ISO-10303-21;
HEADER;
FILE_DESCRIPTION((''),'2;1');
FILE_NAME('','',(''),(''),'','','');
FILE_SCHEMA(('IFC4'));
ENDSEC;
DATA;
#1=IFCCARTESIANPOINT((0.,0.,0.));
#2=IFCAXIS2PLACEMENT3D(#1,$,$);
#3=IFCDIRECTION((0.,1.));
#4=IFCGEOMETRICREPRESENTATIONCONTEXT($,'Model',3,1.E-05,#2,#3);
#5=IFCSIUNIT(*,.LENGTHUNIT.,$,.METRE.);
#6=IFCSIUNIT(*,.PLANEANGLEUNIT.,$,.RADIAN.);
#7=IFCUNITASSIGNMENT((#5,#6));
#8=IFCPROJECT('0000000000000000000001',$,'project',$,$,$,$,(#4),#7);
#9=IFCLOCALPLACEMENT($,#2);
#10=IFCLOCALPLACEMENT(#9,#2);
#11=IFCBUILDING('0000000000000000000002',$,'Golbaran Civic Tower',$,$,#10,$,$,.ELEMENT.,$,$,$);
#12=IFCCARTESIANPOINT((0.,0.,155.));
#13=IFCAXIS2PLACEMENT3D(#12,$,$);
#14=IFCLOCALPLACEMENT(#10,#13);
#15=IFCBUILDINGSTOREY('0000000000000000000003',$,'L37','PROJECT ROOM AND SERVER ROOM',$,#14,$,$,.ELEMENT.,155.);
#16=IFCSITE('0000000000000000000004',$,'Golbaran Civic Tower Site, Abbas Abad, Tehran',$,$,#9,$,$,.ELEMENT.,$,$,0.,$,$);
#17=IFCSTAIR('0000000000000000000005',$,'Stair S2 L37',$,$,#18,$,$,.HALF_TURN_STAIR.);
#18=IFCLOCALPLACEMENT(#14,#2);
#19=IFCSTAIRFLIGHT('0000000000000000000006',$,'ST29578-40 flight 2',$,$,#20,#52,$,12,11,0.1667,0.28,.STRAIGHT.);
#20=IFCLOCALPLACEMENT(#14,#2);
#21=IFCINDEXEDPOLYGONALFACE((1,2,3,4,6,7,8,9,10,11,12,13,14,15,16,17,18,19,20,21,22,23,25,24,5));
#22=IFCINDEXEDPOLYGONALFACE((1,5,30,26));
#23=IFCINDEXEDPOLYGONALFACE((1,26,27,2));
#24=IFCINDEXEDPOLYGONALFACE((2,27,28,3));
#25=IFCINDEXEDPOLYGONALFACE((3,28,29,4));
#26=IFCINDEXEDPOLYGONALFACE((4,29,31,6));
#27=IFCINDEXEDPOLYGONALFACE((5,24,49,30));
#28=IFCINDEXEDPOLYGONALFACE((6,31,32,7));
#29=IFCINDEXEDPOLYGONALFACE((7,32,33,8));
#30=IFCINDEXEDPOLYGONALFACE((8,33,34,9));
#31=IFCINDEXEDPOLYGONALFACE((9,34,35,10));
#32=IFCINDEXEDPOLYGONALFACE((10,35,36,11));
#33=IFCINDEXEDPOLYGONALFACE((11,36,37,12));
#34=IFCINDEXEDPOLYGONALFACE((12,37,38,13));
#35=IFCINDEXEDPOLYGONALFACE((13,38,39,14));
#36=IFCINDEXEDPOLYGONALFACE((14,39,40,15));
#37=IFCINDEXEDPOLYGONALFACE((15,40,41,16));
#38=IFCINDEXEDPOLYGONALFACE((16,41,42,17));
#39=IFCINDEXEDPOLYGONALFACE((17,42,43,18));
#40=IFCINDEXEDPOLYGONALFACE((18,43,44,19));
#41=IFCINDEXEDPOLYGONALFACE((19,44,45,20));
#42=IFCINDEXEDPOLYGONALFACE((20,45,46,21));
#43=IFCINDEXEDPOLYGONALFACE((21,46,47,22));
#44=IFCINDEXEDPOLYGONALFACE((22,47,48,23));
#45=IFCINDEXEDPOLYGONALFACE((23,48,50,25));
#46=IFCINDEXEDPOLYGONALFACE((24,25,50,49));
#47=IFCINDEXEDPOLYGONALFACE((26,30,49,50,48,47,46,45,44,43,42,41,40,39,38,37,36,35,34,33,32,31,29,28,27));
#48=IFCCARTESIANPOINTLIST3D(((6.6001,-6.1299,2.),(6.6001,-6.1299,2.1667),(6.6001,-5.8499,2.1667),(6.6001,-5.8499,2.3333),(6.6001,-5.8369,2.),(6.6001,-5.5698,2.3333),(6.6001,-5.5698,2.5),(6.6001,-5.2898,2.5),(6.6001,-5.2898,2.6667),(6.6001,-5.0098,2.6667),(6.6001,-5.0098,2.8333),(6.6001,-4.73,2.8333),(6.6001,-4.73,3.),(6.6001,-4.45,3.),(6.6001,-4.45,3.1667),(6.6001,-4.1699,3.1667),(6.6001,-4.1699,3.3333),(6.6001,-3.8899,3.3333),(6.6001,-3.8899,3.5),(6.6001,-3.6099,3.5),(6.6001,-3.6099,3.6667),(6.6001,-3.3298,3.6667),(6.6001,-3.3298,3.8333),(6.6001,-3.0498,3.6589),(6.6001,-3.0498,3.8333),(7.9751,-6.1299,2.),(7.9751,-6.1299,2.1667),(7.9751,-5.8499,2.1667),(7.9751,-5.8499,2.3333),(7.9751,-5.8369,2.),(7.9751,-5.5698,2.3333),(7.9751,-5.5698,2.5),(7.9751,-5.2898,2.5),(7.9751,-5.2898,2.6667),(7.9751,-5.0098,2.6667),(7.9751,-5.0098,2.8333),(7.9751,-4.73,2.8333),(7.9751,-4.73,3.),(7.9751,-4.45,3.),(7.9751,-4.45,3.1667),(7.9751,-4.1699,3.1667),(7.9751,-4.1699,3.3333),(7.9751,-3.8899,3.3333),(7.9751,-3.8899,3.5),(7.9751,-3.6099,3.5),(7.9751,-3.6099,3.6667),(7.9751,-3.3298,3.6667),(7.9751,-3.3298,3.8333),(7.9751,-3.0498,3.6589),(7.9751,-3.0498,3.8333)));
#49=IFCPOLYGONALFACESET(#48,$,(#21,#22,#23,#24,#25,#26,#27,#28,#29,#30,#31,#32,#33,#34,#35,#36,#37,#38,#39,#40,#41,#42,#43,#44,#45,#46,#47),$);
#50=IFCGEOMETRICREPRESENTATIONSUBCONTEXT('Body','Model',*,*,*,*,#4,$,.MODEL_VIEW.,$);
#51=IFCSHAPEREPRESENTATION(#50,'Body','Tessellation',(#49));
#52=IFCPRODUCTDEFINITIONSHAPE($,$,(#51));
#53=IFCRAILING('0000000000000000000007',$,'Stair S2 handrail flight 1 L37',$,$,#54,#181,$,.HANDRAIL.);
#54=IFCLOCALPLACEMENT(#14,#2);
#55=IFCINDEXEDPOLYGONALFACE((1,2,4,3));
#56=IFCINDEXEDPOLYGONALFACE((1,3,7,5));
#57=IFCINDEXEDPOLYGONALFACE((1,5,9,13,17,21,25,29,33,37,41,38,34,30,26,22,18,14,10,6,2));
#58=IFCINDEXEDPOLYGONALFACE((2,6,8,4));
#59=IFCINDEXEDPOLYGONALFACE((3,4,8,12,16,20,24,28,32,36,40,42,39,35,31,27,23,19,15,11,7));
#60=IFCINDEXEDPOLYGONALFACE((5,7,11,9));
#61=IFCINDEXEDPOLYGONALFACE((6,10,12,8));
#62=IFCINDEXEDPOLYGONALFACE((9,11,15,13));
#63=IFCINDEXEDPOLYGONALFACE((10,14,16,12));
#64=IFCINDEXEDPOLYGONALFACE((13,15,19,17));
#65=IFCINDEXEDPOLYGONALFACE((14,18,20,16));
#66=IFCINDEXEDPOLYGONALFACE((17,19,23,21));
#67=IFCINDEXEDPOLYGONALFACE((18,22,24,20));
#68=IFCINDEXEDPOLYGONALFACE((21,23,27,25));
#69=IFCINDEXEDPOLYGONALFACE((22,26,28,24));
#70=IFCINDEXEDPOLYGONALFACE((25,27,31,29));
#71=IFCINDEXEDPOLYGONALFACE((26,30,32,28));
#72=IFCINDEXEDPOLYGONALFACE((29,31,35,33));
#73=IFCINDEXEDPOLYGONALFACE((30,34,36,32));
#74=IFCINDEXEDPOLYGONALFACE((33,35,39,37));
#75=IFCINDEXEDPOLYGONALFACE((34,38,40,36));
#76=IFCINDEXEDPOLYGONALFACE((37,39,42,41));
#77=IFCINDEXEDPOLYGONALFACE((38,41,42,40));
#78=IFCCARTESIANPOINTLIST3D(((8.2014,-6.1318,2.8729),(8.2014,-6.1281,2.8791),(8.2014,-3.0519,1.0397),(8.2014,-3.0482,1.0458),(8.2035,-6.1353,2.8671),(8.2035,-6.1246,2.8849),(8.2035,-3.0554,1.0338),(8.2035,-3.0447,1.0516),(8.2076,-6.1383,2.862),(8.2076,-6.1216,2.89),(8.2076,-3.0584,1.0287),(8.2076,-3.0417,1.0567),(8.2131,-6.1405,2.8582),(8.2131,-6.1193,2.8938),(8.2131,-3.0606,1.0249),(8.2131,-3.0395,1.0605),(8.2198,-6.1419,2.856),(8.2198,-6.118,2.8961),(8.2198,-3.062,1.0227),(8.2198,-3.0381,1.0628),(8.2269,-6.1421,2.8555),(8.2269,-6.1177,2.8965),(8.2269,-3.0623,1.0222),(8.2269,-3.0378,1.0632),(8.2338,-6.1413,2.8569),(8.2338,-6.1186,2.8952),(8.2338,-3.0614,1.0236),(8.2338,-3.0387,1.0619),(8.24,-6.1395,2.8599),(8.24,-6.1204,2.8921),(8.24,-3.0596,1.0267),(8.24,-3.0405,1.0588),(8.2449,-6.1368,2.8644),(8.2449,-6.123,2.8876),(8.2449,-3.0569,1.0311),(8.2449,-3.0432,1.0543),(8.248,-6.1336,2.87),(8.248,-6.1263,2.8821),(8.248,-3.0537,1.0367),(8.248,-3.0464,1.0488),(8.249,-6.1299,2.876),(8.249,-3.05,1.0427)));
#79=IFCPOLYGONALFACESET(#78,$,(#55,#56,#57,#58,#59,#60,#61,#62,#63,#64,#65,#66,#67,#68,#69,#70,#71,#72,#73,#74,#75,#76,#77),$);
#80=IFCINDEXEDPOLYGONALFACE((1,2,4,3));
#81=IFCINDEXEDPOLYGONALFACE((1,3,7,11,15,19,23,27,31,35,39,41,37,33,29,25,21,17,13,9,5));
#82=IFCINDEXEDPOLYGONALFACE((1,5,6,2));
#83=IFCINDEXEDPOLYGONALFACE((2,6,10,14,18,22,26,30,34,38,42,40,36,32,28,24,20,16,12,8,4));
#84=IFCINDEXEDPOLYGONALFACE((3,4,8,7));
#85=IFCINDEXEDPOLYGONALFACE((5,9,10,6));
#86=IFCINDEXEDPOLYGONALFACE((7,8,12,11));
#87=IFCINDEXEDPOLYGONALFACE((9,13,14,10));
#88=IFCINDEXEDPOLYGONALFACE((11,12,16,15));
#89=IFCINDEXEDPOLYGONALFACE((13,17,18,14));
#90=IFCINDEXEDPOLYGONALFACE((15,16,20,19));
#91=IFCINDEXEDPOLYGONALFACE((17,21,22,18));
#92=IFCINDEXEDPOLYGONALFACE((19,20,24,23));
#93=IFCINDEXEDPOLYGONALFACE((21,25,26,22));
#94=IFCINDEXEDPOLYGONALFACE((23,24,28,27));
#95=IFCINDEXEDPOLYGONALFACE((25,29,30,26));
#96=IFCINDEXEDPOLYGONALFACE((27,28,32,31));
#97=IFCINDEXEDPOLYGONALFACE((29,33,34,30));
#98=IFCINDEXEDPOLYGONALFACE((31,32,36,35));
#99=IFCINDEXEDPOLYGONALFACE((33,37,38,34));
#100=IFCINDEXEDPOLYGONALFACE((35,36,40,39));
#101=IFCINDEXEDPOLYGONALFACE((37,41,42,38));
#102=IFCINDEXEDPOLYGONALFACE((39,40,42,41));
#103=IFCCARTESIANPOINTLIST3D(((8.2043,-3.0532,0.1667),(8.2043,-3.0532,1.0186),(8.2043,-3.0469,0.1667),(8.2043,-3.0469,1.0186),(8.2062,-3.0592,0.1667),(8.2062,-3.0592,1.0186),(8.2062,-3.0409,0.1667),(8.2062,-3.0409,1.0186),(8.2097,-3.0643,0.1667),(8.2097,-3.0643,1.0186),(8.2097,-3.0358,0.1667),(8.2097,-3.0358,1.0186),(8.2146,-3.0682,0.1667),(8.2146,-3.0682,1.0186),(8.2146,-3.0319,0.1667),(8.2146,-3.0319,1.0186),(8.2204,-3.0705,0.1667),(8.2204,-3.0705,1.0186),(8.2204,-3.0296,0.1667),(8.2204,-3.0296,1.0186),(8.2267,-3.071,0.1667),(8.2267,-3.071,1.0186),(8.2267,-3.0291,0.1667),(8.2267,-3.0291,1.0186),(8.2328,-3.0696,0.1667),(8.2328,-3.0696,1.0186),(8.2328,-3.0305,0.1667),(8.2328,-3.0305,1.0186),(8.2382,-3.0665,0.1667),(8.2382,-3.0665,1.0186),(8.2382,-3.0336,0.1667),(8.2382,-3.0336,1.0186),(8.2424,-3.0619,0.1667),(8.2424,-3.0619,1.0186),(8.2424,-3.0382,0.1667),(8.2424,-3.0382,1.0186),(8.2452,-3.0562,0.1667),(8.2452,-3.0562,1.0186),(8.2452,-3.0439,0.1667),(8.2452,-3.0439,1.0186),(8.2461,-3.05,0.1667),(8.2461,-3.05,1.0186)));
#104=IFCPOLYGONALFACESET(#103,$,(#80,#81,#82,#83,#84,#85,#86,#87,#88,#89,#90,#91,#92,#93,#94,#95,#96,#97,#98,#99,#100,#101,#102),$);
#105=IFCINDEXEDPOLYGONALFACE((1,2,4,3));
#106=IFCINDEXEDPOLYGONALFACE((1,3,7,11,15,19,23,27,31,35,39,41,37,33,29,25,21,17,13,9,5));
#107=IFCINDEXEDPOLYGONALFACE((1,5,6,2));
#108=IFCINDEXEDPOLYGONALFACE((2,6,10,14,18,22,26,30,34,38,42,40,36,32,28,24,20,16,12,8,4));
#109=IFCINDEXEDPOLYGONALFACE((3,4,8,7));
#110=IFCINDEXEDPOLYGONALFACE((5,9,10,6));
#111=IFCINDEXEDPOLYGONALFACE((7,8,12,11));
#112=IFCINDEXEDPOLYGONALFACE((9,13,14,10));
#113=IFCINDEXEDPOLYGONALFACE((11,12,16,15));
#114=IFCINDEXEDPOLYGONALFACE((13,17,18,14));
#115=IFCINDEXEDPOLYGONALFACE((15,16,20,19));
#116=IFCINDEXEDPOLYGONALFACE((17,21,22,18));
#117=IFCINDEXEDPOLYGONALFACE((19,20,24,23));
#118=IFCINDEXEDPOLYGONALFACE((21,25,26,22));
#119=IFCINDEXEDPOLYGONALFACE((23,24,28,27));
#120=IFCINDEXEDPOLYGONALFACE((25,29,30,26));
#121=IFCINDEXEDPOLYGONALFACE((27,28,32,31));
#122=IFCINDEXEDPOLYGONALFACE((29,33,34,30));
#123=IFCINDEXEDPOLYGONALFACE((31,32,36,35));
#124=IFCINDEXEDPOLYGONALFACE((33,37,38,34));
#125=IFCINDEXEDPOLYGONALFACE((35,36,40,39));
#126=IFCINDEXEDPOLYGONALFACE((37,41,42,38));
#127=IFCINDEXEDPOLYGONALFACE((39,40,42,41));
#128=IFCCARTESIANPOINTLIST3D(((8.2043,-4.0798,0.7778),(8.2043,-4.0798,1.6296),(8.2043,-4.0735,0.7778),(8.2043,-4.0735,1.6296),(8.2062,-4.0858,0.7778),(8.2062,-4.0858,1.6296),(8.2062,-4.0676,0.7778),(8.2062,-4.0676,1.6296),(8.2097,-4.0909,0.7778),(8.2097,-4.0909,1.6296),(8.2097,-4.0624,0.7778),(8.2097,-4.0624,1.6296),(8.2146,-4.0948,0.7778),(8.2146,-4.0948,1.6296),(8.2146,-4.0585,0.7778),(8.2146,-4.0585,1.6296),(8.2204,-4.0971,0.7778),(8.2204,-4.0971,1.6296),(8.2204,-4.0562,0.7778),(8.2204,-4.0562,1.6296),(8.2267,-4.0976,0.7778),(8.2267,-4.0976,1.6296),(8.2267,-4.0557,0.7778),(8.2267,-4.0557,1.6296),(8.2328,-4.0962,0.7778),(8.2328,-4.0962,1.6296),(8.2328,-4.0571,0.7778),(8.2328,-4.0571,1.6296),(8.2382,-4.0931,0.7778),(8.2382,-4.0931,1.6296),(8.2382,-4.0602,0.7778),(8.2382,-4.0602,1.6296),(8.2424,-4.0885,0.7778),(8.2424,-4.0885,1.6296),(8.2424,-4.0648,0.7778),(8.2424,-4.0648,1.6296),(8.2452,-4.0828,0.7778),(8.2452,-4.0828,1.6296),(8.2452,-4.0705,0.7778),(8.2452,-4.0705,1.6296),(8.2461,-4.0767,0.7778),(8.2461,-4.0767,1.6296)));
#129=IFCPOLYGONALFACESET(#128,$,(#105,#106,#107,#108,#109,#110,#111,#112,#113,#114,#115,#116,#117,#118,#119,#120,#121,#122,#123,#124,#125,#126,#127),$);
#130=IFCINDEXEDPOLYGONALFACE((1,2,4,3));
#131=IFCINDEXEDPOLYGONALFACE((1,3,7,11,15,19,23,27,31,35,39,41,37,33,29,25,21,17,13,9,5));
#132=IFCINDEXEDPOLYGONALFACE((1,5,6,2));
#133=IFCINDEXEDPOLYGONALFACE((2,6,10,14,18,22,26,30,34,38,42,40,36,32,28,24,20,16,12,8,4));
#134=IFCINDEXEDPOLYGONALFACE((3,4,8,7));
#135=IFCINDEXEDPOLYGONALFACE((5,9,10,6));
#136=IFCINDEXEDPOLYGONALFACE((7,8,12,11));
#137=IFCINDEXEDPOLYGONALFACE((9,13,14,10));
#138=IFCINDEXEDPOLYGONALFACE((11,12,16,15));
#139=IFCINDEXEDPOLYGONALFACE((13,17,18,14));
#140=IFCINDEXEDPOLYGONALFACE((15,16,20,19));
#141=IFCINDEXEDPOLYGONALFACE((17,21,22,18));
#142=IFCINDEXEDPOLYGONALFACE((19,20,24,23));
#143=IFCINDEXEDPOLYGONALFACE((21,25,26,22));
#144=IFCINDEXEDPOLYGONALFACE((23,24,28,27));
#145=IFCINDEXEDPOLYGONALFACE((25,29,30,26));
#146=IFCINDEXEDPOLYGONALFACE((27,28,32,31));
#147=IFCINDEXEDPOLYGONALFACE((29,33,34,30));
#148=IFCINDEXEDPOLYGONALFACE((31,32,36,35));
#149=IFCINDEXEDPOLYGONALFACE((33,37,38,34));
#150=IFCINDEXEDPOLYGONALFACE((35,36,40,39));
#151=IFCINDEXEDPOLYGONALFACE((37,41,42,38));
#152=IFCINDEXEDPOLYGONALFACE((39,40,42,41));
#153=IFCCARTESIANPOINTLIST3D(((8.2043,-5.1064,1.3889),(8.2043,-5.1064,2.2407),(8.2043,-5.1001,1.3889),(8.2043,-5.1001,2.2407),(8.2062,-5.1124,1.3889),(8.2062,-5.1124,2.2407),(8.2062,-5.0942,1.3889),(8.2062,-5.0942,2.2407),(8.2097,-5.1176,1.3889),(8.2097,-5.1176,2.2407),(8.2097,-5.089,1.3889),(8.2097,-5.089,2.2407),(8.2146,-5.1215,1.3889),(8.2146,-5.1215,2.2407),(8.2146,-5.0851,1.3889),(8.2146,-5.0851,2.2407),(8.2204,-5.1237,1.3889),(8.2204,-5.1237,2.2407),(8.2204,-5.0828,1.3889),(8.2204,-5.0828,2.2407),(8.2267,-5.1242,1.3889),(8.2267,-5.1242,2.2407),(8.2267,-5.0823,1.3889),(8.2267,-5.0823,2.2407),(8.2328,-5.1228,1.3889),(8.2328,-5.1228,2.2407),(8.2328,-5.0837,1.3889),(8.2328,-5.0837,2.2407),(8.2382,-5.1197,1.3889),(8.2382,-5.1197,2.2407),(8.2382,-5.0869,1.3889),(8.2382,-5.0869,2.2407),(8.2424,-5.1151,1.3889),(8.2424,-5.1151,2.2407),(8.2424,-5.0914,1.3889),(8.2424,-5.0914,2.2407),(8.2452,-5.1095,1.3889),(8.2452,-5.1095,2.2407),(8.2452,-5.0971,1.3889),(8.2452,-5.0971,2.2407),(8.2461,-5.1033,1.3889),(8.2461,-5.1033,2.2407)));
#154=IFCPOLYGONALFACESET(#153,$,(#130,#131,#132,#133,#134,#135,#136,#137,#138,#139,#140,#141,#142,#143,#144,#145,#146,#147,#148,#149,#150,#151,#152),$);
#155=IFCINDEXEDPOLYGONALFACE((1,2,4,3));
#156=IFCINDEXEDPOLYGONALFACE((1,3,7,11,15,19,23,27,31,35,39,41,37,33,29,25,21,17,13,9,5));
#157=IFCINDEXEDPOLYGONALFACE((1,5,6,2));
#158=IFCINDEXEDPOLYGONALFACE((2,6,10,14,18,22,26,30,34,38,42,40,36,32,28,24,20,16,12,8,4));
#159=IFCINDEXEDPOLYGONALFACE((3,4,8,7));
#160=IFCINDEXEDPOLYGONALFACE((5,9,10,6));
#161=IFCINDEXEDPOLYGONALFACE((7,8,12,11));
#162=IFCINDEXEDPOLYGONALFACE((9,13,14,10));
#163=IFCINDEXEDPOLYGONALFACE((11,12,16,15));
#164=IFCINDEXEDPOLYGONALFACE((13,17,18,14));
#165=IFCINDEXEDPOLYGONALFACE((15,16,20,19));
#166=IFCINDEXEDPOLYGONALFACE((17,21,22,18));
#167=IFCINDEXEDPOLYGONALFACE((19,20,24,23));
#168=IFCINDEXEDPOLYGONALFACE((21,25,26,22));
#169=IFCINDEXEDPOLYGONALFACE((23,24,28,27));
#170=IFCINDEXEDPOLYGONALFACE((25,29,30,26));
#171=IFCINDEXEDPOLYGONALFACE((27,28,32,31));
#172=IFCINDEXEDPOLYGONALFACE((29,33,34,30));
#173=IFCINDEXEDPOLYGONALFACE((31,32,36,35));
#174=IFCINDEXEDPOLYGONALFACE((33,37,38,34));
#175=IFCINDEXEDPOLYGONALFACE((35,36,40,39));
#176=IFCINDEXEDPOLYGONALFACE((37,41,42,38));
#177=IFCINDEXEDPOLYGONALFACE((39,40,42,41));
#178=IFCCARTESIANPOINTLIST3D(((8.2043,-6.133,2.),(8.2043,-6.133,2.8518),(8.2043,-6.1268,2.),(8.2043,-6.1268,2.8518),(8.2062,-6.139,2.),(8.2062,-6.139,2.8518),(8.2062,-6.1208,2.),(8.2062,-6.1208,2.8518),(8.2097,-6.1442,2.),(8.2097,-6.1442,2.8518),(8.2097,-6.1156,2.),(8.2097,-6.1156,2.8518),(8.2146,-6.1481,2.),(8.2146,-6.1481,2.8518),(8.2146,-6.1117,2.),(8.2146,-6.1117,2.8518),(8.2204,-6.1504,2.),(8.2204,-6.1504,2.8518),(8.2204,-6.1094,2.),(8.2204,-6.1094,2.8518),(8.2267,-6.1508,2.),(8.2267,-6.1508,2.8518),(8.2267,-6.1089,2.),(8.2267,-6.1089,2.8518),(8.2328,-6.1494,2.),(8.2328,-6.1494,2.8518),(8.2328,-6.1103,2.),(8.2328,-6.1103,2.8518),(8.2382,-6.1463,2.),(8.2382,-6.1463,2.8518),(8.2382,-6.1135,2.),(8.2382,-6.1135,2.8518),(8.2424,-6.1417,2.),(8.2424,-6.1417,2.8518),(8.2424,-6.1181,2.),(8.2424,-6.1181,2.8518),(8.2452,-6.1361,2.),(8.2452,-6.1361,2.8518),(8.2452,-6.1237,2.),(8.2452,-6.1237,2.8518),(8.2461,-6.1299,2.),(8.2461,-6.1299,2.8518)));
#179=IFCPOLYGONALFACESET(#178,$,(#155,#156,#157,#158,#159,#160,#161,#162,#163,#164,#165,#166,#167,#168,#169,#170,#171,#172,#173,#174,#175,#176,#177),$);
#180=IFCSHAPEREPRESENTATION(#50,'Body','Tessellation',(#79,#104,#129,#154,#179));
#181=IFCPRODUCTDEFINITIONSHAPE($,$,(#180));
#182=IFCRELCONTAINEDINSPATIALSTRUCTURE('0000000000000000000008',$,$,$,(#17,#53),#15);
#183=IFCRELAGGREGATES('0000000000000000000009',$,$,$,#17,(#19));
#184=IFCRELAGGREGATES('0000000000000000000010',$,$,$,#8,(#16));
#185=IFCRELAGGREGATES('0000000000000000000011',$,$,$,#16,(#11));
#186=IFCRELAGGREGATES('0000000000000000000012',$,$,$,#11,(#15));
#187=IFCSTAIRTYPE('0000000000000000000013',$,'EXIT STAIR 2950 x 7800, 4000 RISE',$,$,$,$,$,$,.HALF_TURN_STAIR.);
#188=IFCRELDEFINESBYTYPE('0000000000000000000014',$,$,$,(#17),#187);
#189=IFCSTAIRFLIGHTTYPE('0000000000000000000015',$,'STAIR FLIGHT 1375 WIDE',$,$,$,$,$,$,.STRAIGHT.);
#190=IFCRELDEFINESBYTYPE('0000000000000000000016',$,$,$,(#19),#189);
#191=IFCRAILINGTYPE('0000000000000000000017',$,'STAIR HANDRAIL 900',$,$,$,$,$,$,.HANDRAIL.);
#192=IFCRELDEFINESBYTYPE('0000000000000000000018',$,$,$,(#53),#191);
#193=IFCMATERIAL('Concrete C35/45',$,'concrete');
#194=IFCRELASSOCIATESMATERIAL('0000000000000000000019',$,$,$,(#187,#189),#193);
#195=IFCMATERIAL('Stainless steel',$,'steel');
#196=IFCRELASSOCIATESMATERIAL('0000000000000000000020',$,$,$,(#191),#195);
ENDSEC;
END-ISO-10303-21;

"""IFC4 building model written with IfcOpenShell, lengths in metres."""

from ifc_helpers import new_model, si_unit, direction, frame, origin, origin_2d, place, context, subcontext, project, spatial, polyline, circle, outline, extrude, material, type_object, element, aggregate, save


model = new_model("IFC4")

# Units and contexts
model_context = context("Model", 3, precision=1e-05, world=origin(), true_north=direction((0.0, 1.0)))
body_context = subcontext(model_context, "Body", "Model", "MODEL_VIEW")
ifc_project = project(units=[si_unit("LENGTHUNIT", "METRE"), si_unit("PLANEANGLEUNIT", "RADIAN")], contexts=[model_context])

# Site, building, storey
site_placement = place(None, origin())
site = spatial("IfcSite", under=ifc_project, at=site_placement, Name="Golbaran Civic Tower Site, Abbas Abad, Tehran", CompositionType="ELEMENT", RefElevation=0.0)
building_placement = place(site_placement, origin())
building = spatial("IfcBuilding", under=site, at=building_placement, Name="Golbaran Civic Tower", CompositionType="ELEMENT")
storey_placement = place(building_placement, frame((0.0, 0.0, 155.0)))
storey = spatial("IfcBuildingStorey", under=building, at=storey_placement, Name="L37", Description="PROJECT ROOM AND SERVER ROOM", CompositionType="ELEMENT", Elevation=155.0)

# Shared definitions
ifc_material_1 = material(Name="Concrete C35/45", Category="concrete")

# Shared definitions
ifc_material_2 = material(Name="Stainless steel", Category="steel")

# Stair, stair flight
stair_type_1 = type_object("IfcStairType", Name="EXIT STAIR 2950 x 7800, 4000 RISE", PredefinedType="HALF_TURN_STAIR", material=ifc_material_1)
stair_1_placement = place(storey_placement, origin())
stair_1 = element("IfcStair", 1, at=stair_1_placement, inside=storey, type_object=stair_type_1, Name="Stair S2 L37", PredefinedType="HALF_TURN_STAIR")
stair_flight_type = type_object("IfcStairFlightType", Name="STAIR FLIGHT 1375 WIDE", PredefinedType="STRAIGHT", material=ifc_material_1)
stair_flight_1_placement = place(storey_placement, frame((7.2876, -6.1299, 2.0), z_axis=(0.0, 0.0, 1.0), x_axis=(0.0, 1.0, 0.0)))
stair_flight_1 = element("IfcStairFlight", 2, at=stair_flight_1_placement, type_object=stair_flight_type, Name="ST29578-40 flight 2", NumberOfRisers=12, NumberOfTreads=11, PredefinedType="STRAIGHT", RiserHeight=0.1667, TreadLength=0.28, context=body_context, shape_type="SweptSolid", body=[
    extrude(outline(polyline([(0.0, 0.0), (0.0, 0.1667), (0.28, 0.1667), (0.28, 0.3333), (0.5601, 0.3333), (0.5601, 0.5), (0.8401, 0.5), (0.8401, 0.6667), (1.1201, 0.6667), (1.1201, 0.8333), (1.3999, 0.8333), (1.3999, 1.0), (1.6799, 1.0), (1.6799, 1.1667), (1.96, 1.1667), (1.96, 1.3333), (2.24, 1.3333), (2.24, 1.5), (2.52, 1.5), (2.52, 1.6667), (2.8, 1.6667), (2.8, 1.8333), (3.0801, 1.8333), (3.0801, 2.0), (3.0801, 1.6589), (0.293, 0.0), (0.0, 0.0)])), frame((0.0, 0.6875, 0.0), z_axis=(0.0, -1.0, 0.0), x_axis=(1.0, 0.0, 0.0)), (0.0, 0.0, 1.0), 1.375),
])
aggregate(stair_1, [stair_flight_1])

# Railing
railing_type = type_object("IfcRailingType", Name="STAIR HANDRAIL 900", PredefinedType="HANDRAIL", material=ifc_material_2)
railing_1_placement = place(storey_placement, frame((8.2251, -3.05, 0.1667)))
element("IfcRailing", 3, at=railing_1_placement, inside=storey, type_object=railing_type, Name="Stair S2 handrail flight 1 L37", PredefinedType="HANDRAIL", context=body_context, shape_type="SweptSolid", body=[
    extrude(circle(Radius=0.0239, at=origin_2d()), frame((0.0, 0.0, 0.876), z_axis=(0.0, -0.859291, 0.511487), x_axis=(1.0, 0.0, 0.0)), (0.0, 0.0, 1.0), 3.5842),
    extrude(circle(Radius=0.021, at=origin_2d()), origin(), (0.0, 0.0, 1.0), 0.8518),
    extrude(circle(Radius=0.021, at=origin_2d()), frame((0.0, -1.0266, 0.6111)), (0.0, 0.0, 1.0), 0.8518),
    extrude(circle(Radius=0.021, at=origin_2d()), frame((0.0, -2.0532, 1.2222)), (0.0, 0.0, 1.0), 0.8518),
    extrude(circle(Radius=0.021, at=origin_2d()), frame((0.0, -3.0798, 1.8333)), (0.0, 0.0, 1.0), 0.8518),
])

save(model, "model.ifc")
